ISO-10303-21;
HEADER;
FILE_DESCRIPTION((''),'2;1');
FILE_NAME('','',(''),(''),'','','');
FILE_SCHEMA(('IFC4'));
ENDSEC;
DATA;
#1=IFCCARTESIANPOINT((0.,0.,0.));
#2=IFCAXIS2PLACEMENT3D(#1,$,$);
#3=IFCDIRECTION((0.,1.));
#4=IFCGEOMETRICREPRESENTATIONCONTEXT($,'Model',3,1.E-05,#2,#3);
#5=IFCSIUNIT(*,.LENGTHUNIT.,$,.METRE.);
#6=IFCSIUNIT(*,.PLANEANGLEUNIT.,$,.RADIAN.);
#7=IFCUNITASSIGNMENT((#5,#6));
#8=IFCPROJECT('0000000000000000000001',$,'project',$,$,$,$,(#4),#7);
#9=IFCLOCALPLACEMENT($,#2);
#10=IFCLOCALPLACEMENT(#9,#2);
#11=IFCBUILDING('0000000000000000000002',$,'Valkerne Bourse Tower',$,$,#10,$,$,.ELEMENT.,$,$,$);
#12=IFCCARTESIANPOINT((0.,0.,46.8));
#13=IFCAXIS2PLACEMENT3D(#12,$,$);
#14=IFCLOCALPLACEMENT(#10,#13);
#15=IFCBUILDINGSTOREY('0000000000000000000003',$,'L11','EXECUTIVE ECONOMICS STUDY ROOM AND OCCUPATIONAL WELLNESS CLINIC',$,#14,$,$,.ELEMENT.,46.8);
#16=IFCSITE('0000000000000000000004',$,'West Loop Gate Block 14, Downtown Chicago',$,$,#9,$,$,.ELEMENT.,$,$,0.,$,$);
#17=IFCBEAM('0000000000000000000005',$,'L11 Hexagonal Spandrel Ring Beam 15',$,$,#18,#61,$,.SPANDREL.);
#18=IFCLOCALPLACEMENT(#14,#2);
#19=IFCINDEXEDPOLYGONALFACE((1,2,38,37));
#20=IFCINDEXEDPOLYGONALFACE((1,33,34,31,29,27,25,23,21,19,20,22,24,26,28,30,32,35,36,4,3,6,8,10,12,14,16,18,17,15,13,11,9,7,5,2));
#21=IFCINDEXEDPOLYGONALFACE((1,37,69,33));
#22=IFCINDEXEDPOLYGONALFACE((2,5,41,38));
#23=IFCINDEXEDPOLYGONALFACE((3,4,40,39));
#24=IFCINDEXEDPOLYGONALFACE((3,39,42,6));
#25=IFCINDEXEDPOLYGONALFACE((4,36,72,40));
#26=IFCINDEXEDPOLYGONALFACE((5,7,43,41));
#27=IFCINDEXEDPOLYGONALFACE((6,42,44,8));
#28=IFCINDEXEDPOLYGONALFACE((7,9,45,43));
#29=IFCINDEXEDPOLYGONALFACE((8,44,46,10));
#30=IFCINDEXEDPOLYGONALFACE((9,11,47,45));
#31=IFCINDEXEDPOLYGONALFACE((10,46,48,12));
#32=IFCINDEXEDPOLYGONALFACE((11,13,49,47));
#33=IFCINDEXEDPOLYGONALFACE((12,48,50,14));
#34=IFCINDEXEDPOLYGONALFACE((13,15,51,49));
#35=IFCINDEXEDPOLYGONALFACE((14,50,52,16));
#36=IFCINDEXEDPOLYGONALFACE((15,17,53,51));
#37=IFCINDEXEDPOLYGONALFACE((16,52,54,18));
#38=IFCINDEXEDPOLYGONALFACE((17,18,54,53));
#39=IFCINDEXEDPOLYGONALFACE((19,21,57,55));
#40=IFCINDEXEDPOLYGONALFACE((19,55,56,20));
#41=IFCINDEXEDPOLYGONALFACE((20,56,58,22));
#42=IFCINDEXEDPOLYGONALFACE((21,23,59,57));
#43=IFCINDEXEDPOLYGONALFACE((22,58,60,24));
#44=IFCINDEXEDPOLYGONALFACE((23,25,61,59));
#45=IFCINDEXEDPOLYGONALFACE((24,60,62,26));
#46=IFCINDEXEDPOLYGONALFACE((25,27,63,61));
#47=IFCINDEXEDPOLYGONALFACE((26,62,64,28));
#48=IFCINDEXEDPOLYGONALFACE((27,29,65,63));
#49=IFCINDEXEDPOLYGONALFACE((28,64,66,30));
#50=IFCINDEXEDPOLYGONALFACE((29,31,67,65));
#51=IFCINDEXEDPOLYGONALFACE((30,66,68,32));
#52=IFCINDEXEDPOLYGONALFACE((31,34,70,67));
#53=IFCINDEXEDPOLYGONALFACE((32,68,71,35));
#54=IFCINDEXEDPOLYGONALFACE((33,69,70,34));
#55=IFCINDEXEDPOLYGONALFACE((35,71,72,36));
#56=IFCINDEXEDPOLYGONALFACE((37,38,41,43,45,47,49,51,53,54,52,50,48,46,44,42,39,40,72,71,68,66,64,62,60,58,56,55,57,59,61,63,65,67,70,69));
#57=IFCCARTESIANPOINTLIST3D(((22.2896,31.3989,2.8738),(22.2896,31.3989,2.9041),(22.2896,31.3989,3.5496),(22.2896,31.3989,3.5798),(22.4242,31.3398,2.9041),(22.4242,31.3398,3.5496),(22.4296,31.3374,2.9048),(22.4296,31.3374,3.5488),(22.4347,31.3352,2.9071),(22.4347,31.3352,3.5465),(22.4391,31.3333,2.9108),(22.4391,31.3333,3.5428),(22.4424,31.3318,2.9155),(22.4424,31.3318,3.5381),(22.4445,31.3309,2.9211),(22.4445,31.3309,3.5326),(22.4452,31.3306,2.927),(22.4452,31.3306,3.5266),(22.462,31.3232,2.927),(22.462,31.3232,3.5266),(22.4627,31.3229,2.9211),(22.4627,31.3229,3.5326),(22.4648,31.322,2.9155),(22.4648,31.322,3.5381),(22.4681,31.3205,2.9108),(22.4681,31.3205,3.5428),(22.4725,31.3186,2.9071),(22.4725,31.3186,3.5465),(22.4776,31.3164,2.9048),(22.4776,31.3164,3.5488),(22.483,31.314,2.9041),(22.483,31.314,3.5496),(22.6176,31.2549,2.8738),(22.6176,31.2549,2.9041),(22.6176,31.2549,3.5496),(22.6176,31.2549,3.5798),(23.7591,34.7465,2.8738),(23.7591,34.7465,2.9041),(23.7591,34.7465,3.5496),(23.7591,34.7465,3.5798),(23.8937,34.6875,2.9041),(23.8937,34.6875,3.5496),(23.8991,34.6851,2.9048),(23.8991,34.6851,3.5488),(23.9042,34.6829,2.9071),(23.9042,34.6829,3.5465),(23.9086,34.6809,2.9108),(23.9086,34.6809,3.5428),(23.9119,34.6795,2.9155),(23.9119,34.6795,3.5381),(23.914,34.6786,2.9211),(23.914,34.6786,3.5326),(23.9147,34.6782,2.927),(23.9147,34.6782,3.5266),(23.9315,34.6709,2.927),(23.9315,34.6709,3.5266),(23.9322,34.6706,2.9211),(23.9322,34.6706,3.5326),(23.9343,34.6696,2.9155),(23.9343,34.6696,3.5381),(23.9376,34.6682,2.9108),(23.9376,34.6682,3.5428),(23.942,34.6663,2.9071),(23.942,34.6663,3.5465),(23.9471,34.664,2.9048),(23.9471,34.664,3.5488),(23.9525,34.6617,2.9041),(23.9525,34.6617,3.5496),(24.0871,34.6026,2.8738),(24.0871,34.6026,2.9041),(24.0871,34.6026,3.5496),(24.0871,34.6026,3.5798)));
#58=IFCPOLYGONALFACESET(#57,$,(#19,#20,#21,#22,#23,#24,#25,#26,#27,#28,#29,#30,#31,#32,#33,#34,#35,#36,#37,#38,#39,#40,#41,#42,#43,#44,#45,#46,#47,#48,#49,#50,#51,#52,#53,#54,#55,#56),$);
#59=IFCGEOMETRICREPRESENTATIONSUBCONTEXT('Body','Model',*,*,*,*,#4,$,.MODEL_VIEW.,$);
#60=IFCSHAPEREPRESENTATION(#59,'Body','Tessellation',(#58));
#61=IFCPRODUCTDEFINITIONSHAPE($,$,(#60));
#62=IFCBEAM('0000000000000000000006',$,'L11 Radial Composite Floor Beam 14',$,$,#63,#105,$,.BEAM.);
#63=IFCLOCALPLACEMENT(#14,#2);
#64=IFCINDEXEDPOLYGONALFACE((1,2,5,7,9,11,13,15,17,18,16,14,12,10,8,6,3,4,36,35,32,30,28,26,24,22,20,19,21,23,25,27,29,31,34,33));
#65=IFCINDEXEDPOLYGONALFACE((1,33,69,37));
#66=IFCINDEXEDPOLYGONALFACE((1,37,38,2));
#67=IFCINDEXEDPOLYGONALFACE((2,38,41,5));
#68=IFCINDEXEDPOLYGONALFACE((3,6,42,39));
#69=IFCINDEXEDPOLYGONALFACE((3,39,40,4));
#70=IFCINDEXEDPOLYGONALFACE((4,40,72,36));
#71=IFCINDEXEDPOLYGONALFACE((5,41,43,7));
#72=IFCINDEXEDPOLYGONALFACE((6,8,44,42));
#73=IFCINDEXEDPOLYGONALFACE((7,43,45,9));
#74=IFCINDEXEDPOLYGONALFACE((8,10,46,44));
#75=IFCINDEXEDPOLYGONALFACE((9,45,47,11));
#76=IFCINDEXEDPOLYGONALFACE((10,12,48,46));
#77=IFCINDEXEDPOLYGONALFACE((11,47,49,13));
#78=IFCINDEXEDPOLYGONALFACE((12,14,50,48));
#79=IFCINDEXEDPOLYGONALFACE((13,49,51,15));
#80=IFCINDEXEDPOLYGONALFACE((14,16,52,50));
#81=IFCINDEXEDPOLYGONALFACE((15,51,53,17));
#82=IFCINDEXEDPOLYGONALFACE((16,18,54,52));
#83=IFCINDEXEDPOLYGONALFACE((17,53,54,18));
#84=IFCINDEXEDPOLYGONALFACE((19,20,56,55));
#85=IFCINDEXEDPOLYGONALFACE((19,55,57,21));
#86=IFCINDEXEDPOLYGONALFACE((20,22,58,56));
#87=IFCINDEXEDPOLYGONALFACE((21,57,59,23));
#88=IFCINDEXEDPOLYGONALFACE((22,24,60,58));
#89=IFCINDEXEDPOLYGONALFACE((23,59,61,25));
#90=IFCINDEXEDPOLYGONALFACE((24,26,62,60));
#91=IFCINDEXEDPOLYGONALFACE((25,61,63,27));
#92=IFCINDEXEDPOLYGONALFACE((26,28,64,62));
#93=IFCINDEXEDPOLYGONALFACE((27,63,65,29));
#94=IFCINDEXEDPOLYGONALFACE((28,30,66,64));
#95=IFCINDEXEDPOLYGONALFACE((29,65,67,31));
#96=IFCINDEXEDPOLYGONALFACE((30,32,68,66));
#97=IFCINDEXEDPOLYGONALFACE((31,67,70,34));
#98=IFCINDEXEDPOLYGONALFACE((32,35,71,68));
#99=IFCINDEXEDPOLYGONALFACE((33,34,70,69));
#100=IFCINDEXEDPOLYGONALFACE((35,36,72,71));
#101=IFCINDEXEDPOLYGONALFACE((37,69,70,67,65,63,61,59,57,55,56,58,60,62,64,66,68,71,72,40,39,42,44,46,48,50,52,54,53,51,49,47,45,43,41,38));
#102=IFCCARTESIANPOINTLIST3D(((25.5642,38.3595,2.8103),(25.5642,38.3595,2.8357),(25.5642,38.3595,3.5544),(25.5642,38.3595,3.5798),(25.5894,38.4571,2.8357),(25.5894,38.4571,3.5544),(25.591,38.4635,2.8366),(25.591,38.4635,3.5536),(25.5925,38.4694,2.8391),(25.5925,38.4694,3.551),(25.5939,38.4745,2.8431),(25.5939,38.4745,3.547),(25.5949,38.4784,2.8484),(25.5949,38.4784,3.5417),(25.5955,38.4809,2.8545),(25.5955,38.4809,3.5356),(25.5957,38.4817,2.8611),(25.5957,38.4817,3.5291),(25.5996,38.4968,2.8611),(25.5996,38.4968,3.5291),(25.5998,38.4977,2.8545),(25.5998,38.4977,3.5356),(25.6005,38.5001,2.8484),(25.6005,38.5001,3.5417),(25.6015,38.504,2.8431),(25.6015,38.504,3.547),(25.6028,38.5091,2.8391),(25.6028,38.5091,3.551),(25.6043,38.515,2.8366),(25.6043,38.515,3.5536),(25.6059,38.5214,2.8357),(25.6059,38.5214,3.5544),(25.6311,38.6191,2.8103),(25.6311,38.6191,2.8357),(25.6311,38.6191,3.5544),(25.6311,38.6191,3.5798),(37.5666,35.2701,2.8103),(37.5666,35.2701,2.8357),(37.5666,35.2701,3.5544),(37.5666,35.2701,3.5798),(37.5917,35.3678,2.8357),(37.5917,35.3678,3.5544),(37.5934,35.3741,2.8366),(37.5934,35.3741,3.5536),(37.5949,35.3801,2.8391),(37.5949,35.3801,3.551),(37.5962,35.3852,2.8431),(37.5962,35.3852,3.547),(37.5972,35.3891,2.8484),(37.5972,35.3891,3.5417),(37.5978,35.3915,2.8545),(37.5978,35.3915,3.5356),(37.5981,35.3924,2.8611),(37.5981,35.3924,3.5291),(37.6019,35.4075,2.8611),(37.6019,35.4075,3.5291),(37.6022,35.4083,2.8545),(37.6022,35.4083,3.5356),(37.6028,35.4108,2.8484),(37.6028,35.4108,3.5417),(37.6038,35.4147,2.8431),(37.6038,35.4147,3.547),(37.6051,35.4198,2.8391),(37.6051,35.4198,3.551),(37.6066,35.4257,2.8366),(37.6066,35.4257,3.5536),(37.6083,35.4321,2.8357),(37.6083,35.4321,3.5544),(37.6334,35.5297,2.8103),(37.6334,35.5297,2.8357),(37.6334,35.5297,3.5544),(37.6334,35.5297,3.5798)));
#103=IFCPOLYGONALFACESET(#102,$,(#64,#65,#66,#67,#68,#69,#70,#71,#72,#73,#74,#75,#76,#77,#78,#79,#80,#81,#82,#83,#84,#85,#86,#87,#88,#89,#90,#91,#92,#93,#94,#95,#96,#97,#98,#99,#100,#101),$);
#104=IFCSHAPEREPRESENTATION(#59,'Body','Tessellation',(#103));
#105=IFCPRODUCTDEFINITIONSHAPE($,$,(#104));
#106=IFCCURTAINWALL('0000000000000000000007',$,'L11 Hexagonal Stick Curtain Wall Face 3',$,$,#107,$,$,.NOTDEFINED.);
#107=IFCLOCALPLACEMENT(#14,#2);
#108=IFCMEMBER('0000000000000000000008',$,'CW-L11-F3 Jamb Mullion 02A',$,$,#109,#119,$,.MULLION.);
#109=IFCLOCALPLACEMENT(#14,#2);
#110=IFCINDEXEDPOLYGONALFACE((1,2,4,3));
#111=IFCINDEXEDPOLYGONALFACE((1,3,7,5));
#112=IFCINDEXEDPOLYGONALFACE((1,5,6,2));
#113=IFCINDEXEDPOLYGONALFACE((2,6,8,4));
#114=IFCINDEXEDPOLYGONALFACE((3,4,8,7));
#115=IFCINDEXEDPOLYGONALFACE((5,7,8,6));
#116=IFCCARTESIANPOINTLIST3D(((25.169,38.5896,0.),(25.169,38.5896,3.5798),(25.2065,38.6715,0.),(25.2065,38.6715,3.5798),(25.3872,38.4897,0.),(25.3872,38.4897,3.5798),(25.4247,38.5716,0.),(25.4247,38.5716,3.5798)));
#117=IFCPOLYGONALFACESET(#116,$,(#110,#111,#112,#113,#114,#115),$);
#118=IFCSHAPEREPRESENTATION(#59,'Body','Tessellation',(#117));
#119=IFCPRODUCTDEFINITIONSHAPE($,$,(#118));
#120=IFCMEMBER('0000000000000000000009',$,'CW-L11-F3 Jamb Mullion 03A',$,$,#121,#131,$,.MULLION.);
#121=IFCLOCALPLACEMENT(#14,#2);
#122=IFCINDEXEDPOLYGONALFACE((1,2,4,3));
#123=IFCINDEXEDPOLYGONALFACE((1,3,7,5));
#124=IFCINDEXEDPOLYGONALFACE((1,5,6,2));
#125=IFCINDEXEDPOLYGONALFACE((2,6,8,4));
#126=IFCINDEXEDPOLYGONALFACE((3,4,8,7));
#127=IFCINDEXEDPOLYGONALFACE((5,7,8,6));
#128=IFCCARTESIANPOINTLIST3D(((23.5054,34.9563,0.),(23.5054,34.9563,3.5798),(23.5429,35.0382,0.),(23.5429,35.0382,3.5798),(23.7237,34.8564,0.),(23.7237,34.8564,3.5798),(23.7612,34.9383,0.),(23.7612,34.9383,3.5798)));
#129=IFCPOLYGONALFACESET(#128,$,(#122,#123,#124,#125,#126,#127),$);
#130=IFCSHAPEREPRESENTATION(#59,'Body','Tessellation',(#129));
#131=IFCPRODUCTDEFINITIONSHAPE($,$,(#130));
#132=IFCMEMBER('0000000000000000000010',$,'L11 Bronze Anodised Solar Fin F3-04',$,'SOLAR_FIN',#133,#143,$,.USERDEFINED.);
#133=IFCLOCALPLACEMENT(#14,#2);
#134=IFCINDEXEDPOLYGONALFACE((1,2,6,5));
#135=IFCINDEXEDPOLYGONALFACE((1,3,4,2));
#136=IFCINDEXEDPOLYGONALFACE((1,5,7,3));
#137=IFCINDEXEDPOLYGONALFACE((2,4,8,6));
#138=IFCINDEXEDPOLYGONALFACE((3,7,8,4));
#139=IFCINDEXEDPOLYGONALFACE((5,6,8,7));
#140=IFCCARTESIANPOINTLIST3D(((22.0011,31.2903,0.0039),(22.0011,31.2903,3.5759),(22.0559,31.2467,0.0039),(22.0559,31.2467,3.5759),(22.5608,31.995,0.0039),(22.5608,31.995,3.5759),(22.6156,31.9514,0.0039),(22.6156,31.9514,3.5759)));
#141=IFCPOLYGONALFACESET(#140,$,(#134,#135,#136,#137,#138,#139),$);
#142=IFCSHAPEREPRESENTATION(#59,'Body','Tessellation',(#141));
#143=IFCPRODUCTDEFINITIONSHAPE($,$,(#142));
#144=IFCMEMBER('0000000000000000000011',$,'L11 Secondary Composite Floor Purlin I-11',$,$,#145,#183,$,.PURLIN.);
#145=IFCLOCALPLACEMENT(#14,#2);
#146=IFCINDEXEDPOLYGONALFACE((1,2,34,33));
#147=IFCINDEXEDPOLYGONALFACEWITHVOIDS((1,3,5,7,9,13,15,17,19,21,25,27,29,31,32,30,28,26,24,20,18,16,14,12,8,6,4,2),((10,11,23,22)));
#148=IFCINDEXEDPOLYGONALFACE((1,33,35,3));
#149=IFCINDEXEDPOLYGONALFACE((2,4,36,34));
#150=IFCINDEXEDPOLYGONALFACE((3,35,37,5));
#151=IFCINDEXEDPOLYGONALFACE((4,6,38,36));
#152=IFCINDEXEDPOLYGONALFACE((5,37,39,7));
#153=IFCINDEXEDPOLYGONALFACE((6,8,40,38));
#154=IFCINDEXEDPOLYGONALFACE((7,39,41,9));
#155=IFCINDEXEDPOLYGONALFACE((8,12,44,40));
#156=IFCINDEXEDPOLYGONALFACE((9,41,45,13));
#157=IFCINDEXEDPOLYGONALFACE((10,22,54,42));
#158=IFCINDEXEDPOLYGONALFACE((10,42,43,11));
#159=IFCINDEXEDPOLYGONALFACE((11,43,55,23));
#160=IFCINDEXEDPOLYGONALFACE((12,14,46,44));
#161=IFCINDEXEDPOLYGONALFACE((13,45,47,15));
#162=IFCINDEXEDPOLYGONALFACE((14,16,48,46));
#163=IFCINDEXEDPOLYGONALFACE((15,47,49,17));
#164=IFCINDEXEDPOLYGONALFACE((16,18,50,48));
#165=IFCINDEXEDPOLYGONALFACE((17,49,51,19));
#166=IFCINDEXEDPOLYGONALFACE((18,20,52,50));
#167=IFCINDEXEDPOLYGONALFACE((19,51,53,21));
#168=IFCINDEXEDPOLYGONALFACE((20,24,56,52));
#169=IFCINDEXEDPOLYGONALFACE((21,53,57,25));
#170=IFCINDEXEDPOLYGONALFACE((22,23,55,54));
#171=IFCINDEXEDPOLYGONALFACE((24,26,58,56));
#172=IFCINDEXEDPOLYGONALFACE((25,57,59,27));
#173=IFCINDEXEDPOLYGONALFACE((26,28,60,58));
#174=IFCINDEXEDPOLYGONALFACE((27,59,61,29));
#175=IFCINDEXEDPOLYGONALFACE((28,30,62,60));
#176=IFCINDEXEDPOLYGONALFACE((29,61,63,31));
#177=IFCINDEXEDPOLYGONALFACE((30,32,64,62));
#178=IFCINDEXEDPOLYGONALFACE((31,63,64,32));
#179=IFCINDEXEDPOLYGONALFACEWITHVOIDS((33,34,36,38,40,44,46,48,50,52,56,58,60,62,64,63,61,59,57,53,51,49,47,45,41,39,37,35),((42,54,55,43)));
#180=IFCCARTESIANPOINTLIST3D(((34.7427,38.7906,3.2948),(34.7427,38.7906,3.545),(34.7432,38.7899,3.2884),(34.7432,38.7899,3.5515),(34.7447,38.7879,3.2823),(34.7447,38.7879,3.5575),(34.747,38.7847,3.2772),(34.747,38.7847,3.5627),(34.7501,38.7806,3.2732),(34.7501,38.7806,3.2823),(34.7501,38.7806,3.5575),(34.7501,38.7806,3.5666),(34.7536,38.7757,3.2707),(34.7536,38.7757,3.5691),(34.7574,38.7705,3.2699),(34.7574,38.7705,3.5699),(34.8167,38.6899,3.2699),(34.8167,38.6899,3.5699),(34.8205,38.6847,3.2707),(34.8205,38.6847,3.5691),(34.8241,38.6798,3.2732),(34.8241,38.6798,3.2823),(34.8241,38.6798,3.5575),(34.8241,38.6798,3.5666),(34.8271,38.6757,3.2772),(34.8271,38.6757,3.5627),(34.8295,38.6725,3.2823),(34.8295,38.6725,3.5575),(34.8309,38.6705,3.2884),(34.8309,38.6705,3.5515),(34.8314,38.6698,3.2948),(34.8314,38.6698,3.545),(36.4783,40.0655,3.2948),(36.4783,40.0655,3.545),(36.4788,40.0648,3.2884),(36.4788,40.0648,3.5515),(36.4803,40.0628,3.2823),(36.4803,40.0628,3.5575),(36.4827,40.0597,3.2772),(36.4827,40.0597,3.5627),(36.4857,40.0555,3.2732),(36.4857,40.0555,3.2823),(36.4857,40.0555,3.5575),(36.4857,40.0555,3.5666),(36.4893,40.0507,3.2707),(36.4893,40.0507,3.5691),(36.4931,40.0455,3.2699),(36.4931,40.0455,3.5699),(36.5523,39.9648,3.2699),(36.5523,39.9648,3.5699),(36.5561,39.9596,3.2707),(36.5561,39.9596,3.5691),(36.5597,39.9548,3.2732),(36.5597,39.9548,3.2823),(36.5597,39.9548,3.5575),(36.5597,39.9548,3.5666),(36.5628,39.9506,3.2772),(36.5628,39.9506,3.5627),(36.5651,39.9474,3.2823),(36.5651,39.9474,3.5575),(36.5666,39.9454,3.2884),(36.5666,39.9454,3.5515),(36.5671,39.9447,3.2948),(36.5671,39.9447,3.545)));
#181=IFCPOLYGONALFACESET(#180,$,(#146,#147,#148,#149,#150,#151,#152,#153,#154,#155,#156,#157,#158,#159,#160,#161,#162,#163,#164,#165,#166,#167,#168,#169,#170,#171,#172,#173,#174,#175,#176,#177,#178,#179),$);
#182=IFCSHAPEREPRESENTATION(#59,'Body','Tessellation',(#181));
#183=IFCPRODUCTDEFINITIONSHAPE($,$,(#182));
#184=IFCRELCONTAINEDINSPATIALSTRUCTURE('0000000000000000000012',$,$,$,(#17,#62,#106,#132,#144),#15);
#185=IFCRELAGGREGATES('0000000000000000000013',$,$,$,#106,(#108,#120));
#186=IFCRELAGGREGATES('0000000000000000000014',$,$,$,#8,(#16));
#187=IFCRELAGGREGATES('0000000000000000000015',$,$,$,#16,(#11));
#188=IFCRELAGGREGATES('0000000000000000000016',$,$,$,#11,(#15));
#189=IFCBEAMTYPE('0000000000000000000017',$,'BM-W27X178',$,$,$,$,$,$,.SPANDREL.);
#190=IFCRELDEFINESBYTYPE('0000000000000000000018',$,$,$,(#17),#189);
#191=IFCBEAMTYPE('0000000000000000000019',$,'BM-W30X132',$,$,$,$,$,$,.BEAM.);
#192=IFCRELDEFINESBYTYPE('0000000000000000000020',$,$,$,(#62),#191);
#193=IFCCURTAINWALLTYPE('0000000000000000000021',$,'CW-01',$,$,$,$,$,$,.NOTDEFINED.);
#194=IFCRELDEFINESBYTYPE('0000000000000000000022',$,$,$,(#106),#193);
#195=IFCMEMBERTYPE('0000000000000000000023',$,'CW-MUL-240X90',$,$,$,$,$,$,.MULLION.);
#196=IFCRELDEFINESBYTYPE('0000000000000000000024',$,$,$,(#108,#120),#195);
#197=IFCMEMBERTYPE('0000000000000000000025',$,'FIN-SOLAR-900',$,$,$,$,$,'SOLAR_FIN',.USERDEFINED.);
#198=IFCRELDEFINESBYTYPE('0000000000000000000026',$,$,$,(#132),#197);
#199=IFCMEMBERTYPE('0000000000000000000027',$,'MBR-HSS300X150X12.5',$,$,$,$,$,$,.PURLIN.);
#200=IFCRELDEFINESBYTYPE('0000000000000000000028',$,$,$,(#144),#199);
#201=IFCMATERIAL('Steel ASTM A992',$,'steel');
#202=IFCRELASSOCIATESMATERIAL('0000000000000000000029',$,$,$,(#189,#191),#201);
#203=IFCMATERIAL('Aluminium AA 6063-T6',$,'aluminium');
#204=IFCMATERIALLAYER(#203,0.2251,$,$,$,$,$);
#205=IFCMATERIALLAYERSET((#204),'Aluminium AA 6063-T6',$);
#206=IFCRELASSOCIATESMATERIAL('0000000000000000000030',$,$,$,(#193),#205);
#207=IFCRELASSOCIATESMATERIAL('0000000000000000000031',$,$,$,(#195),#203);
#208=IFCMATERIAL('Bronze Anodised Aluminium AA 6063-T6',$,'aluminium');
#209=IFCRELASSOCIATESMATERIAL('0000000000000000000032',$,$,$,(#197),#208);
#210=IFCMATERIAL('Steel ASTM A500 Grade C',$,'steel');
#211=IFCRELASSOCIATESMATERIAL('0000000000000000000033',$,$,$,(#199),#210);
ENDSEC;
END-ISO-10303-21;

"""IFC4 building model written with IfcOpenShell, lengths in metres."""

from ifc_helpers import new_model, si_unit, direction, frame, origin, origin_2d, place, context, subcontext, project, spatial, rectangle, hollow_rectangle, i_section, extrude, material, layer, layer_set, material_profile, profile_set, type_object, element, aggregate, save


model = new_model("IFC4")

# Units and contexts
model_context = context("Model", 3, precision=1e-05, world=origin(), true_north=direction((0.0, 1.0)))
body_context = subcontext(model_context, "Body", "Model", "MODEL_VIEW")
ifc_project = project(units=[si_unit("LENGTHUNIT", "METRE"), si_unit("PLANEANGLEUNIT", "RADIAN")], contexts=[model_context])

# Site, building, storey
site_placement = place(None, origin())
site = spatial("IfcSite", under=ifc_project, at=site_placement, Name="West Loop Gate Block 14, Downtown Chicago", CompositionType="ELEMENT", RefElevation=0.0)
building_placement = place(site_placement, origin())
building = spatial("IfcBuilding", under=site, at=building_placement, Name="Valkerne Bourse Tower", CompositionType="ELEMENT")
storey_placement = place(building_placement, frame((0.0, 0.0, 46.8)))
storey = spatial("IfcBuildingStorey", under=building, at=storey_placement, Name="L11", Description="EXECUTIVE ECONOMICS STUDY ROOM AND OCCUPATIONAL WELLNESS CLINIC", CompositionType="ELEMENT", Elevation=46.8)

# Beams
ifc_material_1 = material(Name="Steel ASTM A992", Category="steel")
ifc_material_profile_1 = material_profile(ifc_material_1, i_section(OverallWidth=0.3582, OverallDepth=0.7061, WebThickness=0.0183, FlangeThickness=0.0303, FilletRadius=0.0229, at=origin_2d()), Name="W27X178")
ifc_profile_set_1 = profile_set([ifc_material_profile_1], Name="Steel ASTM A992")
beam_type_1 = type_object("IfcBeamType", Name="BM-W27X178", PredefinedType="SPANDREL", material=ifc_profile_set_1)
for number, where, z_axis, x_axis, name in (
    (1, (23.9231, 34.6746, 3.2268), (-0.40194, -0.915666, 0.0), (0.915666, -0.40194, 0.0), "L11 Hexagonal Spandrel Ring Beam 15"),
):
    element("IfcBeam", number, at=place(storey_placement, frame(where, z_axis=z_axis, x_axis=x_axis)), inside=storey, type_object=beam_type_1, Name=name, PredefinedType="SPANDREL", context=body_context, shape_type="SweptSolid", body=[
        extrude(i_section(OverallWidth=0.3582, OverallDepth=0.7061, WebThickness=0.0183, FlangeThickness=0.0303, FilletRadius=0.0229, at=origin_2d()), origin(), (0.0, 0.0, 1.0), 3.656),
    ])
ifc_material_profile_2 = material_profile(ifc_material_1, i_section(OverallWidth=0.2681, OverallDepth=0.7695, WebThickness=0.0156, FlangeThickness=0.0254, FilletRadius=0.0254, at=origin_2d()), Name="W30X132")
ifc_profile_set_2 = profile_set([ifc_material_profile_2], Name="Steel ASTM A992")
beam_type_2 = type_object("IfcBeamType", Name="BM-W30X132", PredefinedType="BEAM", material=ifc_profile_set_2)
beam_1_placement = place(storey_placement, frame((25.5977, 38.4893, 3.1951), z_axis=(0.968434, -0.249269, 0.0), x_axis=(0.249269, 0.968434, 0.0)))
element("IfcBeam", 2, at=beam_1_placement, inside=storey, type_object=beam_type_2, Name="L11 Radial Composite Floor Beam 14", PredefinedType="BEAM", context=body_context, shape_type="SweptSolid", body=[
    extrude(i_section(OverallWidth=0.2681, OverallDepth=0.7695, WebThickness=0.0156, FlangeThickness=0.0254, FilletRadius=0.0254, at=origin_2d()), origin(), (0.0, 0.0, 1.0), 12.3936),
])

# Curtain wall, members
ifc_material_2 = material(Name="Aluminium AA 6063-T6", Category="aluminium")
ifc_layer_1 = layer(ifc_material_2, 0.2251)
ifc_layer_set_1 = layer_set([ifc_layer_1], Name="Aluminium AA 6063-T6")
curtain_wall_type = type_object("IfcCurtainWallType", Name="CW-01", PredefinedType="NOTDEFINED", material=ifc_layer_set_1)
curtain_wall_placement = place(storey_placement, origin())
curtain_wall = element("IfcCurtainWall", 3, at=curtain_wall_placement, inside=storey, type_object=curtain_wall_type, Name="L11 Hexagonal Stick Curtain Wall Face 3", PredefinedType="NOTDEFINED")
ifc_material_profile_3 = material_profile(ifc_material_2, rectangle(XDim=0.0901, YDim=0.24, at=origin_2d()), Name="CWM-90X240")
ifc_profile_set_3 = profile_set([ifc_material_profile_3], Name="Aluminium AA 6063-T6")
member_type_1 = type_object("IfcMemberType", Name="CW-MUL-240X90", PredefinedType="MULLION", material=ifc_profile_set_3)
member_1_placement = place(storey_placement, frame((25.2969, 38.5806, 0.0), z_axis=(0.0, 0.0, 1.0), x_axis=(-0.41629, -0.909232, 0.0)))
member_1 = element("IfcMember", 4, at=member_1_placement, type_object=member_type_1, Name="CW-L11-F3 Jamb Mullion 02A", PredefinedType="MULLION", context=body_context, shape_type="SweptSolid", body=[
    extrude(rectangle(XDim=0.0901, YDim=0.24, at=origin_2d()), origin(), (0.0, 0.0, 1.0), 3.5798),
])
member_2_placement = place(storey_placement, frame((23.6333, 34.9473, 0.0), z_axis=(0.0, 0.0, 1.0), x_axis=(-0.416269, -0.909241, 0.0)))
member_2 = element("IfcMember", 5, at=member_2_placement, type_object=member_type_1, Name="CW-L11-F3 Jamb Mullion 03A", PredefinedType="MULLION", context=body_context, shape_type="SweptSolid", body=[
    extrude(rectangle(XDim=0.0901, YDim=0.24, at=origin_2d()), origin(), (0.0, 0.0, 1.0), 3.5798),
])

# Members
ifc_material_3 = material(Name="Bronze Anodised Aluminium AA 6063-T6", Category="aluminium")
ifc_material_profile_4 = material_profile(ifc_material_3, rectangle(XDim=0.0701, YDim=0.8999, at=origin_2d()), Name="FIN-70X900")
ifc_profile_set_4 = profile_set([ifc_material_profile_4], Name="Bronze Anodised Aluminium AA 6063-T6")
member_type_2 = type_object("IfcMemberType", Name="FIN-SOLAR-900", ElementType="SOLAR_FIN", PredefinedType="USERDEFINED", material=ifc_profile_set_4)
member_3_placement = place(storey_placement, frame((22.3083, 31.6208, 0.0039), z_axis=(0.0, 0.0, 1.0), x_axis=(-0.783033, 0.62198, 0.0)))
element("IfcMember", 6, at=member_3_placement, inside=storey, type_object=member_type_2, Name="L11 Bronze Anodised Solar Fin F3-04", ObjectType="SOLAR_FIN", PredefinedType="USERDEFINED", context=body_context, shape_type="SweptSolid", body=[
    extrude(rectangle(XDim=0.0701, YDim=0.8999, at=origin_2d()), origin(), (0.0, 0.0, 1.0), 3.572),
])
ifc_material_4 = material(Name="Steel ASTM A500 Grade C", Category="steel")
ifc_material_profile_5 = material_profile(ifc_material_4, hollow_rectangle(XDim=0.1499, YDim=0.3, WallThickness=0.0125, OuterFilletRadius=0.0249, at=origin_2d()), Name="HSS300X150X12.5")
ifc_profile_set_5 = profile_set([ifc_material_profile_5], Name="Steel ASTM A500 Grade C")
member_type_3 = type_object("IfcMemberType", Name="MBR-HSS300X150X12.5", PredefinedType="PURLIN", material=ifc_profile_set_5)
member_4_placement = place(storey_placement, frame((36.5227, 40.0051, 3.4199), z_axis=(-0.805933, -0.592007, 0.0), x_axis=(0.592007, -0.805933, 0.0)))
element("IfcMember", 7, at=member_4_placement, inside=storey, type_object=member_type_3, Name="L11 Secondary Composite Floor Purlin I-11", PredefinedType="PURLIN", context=body_context, shape_type="SweptSolid", body=[
    extrude(hollow_rectangle(XDim=0.1499, YDim=0.3, WallThickness=0.0125, OuterFilletRadius=0.0249, at=origin_2d()), origin(), (0.0, 0.0, 1.0), 2.1536),
])

aggregate(curtain_wall, [member_1, member_2])

save(model, "model.ifc")
